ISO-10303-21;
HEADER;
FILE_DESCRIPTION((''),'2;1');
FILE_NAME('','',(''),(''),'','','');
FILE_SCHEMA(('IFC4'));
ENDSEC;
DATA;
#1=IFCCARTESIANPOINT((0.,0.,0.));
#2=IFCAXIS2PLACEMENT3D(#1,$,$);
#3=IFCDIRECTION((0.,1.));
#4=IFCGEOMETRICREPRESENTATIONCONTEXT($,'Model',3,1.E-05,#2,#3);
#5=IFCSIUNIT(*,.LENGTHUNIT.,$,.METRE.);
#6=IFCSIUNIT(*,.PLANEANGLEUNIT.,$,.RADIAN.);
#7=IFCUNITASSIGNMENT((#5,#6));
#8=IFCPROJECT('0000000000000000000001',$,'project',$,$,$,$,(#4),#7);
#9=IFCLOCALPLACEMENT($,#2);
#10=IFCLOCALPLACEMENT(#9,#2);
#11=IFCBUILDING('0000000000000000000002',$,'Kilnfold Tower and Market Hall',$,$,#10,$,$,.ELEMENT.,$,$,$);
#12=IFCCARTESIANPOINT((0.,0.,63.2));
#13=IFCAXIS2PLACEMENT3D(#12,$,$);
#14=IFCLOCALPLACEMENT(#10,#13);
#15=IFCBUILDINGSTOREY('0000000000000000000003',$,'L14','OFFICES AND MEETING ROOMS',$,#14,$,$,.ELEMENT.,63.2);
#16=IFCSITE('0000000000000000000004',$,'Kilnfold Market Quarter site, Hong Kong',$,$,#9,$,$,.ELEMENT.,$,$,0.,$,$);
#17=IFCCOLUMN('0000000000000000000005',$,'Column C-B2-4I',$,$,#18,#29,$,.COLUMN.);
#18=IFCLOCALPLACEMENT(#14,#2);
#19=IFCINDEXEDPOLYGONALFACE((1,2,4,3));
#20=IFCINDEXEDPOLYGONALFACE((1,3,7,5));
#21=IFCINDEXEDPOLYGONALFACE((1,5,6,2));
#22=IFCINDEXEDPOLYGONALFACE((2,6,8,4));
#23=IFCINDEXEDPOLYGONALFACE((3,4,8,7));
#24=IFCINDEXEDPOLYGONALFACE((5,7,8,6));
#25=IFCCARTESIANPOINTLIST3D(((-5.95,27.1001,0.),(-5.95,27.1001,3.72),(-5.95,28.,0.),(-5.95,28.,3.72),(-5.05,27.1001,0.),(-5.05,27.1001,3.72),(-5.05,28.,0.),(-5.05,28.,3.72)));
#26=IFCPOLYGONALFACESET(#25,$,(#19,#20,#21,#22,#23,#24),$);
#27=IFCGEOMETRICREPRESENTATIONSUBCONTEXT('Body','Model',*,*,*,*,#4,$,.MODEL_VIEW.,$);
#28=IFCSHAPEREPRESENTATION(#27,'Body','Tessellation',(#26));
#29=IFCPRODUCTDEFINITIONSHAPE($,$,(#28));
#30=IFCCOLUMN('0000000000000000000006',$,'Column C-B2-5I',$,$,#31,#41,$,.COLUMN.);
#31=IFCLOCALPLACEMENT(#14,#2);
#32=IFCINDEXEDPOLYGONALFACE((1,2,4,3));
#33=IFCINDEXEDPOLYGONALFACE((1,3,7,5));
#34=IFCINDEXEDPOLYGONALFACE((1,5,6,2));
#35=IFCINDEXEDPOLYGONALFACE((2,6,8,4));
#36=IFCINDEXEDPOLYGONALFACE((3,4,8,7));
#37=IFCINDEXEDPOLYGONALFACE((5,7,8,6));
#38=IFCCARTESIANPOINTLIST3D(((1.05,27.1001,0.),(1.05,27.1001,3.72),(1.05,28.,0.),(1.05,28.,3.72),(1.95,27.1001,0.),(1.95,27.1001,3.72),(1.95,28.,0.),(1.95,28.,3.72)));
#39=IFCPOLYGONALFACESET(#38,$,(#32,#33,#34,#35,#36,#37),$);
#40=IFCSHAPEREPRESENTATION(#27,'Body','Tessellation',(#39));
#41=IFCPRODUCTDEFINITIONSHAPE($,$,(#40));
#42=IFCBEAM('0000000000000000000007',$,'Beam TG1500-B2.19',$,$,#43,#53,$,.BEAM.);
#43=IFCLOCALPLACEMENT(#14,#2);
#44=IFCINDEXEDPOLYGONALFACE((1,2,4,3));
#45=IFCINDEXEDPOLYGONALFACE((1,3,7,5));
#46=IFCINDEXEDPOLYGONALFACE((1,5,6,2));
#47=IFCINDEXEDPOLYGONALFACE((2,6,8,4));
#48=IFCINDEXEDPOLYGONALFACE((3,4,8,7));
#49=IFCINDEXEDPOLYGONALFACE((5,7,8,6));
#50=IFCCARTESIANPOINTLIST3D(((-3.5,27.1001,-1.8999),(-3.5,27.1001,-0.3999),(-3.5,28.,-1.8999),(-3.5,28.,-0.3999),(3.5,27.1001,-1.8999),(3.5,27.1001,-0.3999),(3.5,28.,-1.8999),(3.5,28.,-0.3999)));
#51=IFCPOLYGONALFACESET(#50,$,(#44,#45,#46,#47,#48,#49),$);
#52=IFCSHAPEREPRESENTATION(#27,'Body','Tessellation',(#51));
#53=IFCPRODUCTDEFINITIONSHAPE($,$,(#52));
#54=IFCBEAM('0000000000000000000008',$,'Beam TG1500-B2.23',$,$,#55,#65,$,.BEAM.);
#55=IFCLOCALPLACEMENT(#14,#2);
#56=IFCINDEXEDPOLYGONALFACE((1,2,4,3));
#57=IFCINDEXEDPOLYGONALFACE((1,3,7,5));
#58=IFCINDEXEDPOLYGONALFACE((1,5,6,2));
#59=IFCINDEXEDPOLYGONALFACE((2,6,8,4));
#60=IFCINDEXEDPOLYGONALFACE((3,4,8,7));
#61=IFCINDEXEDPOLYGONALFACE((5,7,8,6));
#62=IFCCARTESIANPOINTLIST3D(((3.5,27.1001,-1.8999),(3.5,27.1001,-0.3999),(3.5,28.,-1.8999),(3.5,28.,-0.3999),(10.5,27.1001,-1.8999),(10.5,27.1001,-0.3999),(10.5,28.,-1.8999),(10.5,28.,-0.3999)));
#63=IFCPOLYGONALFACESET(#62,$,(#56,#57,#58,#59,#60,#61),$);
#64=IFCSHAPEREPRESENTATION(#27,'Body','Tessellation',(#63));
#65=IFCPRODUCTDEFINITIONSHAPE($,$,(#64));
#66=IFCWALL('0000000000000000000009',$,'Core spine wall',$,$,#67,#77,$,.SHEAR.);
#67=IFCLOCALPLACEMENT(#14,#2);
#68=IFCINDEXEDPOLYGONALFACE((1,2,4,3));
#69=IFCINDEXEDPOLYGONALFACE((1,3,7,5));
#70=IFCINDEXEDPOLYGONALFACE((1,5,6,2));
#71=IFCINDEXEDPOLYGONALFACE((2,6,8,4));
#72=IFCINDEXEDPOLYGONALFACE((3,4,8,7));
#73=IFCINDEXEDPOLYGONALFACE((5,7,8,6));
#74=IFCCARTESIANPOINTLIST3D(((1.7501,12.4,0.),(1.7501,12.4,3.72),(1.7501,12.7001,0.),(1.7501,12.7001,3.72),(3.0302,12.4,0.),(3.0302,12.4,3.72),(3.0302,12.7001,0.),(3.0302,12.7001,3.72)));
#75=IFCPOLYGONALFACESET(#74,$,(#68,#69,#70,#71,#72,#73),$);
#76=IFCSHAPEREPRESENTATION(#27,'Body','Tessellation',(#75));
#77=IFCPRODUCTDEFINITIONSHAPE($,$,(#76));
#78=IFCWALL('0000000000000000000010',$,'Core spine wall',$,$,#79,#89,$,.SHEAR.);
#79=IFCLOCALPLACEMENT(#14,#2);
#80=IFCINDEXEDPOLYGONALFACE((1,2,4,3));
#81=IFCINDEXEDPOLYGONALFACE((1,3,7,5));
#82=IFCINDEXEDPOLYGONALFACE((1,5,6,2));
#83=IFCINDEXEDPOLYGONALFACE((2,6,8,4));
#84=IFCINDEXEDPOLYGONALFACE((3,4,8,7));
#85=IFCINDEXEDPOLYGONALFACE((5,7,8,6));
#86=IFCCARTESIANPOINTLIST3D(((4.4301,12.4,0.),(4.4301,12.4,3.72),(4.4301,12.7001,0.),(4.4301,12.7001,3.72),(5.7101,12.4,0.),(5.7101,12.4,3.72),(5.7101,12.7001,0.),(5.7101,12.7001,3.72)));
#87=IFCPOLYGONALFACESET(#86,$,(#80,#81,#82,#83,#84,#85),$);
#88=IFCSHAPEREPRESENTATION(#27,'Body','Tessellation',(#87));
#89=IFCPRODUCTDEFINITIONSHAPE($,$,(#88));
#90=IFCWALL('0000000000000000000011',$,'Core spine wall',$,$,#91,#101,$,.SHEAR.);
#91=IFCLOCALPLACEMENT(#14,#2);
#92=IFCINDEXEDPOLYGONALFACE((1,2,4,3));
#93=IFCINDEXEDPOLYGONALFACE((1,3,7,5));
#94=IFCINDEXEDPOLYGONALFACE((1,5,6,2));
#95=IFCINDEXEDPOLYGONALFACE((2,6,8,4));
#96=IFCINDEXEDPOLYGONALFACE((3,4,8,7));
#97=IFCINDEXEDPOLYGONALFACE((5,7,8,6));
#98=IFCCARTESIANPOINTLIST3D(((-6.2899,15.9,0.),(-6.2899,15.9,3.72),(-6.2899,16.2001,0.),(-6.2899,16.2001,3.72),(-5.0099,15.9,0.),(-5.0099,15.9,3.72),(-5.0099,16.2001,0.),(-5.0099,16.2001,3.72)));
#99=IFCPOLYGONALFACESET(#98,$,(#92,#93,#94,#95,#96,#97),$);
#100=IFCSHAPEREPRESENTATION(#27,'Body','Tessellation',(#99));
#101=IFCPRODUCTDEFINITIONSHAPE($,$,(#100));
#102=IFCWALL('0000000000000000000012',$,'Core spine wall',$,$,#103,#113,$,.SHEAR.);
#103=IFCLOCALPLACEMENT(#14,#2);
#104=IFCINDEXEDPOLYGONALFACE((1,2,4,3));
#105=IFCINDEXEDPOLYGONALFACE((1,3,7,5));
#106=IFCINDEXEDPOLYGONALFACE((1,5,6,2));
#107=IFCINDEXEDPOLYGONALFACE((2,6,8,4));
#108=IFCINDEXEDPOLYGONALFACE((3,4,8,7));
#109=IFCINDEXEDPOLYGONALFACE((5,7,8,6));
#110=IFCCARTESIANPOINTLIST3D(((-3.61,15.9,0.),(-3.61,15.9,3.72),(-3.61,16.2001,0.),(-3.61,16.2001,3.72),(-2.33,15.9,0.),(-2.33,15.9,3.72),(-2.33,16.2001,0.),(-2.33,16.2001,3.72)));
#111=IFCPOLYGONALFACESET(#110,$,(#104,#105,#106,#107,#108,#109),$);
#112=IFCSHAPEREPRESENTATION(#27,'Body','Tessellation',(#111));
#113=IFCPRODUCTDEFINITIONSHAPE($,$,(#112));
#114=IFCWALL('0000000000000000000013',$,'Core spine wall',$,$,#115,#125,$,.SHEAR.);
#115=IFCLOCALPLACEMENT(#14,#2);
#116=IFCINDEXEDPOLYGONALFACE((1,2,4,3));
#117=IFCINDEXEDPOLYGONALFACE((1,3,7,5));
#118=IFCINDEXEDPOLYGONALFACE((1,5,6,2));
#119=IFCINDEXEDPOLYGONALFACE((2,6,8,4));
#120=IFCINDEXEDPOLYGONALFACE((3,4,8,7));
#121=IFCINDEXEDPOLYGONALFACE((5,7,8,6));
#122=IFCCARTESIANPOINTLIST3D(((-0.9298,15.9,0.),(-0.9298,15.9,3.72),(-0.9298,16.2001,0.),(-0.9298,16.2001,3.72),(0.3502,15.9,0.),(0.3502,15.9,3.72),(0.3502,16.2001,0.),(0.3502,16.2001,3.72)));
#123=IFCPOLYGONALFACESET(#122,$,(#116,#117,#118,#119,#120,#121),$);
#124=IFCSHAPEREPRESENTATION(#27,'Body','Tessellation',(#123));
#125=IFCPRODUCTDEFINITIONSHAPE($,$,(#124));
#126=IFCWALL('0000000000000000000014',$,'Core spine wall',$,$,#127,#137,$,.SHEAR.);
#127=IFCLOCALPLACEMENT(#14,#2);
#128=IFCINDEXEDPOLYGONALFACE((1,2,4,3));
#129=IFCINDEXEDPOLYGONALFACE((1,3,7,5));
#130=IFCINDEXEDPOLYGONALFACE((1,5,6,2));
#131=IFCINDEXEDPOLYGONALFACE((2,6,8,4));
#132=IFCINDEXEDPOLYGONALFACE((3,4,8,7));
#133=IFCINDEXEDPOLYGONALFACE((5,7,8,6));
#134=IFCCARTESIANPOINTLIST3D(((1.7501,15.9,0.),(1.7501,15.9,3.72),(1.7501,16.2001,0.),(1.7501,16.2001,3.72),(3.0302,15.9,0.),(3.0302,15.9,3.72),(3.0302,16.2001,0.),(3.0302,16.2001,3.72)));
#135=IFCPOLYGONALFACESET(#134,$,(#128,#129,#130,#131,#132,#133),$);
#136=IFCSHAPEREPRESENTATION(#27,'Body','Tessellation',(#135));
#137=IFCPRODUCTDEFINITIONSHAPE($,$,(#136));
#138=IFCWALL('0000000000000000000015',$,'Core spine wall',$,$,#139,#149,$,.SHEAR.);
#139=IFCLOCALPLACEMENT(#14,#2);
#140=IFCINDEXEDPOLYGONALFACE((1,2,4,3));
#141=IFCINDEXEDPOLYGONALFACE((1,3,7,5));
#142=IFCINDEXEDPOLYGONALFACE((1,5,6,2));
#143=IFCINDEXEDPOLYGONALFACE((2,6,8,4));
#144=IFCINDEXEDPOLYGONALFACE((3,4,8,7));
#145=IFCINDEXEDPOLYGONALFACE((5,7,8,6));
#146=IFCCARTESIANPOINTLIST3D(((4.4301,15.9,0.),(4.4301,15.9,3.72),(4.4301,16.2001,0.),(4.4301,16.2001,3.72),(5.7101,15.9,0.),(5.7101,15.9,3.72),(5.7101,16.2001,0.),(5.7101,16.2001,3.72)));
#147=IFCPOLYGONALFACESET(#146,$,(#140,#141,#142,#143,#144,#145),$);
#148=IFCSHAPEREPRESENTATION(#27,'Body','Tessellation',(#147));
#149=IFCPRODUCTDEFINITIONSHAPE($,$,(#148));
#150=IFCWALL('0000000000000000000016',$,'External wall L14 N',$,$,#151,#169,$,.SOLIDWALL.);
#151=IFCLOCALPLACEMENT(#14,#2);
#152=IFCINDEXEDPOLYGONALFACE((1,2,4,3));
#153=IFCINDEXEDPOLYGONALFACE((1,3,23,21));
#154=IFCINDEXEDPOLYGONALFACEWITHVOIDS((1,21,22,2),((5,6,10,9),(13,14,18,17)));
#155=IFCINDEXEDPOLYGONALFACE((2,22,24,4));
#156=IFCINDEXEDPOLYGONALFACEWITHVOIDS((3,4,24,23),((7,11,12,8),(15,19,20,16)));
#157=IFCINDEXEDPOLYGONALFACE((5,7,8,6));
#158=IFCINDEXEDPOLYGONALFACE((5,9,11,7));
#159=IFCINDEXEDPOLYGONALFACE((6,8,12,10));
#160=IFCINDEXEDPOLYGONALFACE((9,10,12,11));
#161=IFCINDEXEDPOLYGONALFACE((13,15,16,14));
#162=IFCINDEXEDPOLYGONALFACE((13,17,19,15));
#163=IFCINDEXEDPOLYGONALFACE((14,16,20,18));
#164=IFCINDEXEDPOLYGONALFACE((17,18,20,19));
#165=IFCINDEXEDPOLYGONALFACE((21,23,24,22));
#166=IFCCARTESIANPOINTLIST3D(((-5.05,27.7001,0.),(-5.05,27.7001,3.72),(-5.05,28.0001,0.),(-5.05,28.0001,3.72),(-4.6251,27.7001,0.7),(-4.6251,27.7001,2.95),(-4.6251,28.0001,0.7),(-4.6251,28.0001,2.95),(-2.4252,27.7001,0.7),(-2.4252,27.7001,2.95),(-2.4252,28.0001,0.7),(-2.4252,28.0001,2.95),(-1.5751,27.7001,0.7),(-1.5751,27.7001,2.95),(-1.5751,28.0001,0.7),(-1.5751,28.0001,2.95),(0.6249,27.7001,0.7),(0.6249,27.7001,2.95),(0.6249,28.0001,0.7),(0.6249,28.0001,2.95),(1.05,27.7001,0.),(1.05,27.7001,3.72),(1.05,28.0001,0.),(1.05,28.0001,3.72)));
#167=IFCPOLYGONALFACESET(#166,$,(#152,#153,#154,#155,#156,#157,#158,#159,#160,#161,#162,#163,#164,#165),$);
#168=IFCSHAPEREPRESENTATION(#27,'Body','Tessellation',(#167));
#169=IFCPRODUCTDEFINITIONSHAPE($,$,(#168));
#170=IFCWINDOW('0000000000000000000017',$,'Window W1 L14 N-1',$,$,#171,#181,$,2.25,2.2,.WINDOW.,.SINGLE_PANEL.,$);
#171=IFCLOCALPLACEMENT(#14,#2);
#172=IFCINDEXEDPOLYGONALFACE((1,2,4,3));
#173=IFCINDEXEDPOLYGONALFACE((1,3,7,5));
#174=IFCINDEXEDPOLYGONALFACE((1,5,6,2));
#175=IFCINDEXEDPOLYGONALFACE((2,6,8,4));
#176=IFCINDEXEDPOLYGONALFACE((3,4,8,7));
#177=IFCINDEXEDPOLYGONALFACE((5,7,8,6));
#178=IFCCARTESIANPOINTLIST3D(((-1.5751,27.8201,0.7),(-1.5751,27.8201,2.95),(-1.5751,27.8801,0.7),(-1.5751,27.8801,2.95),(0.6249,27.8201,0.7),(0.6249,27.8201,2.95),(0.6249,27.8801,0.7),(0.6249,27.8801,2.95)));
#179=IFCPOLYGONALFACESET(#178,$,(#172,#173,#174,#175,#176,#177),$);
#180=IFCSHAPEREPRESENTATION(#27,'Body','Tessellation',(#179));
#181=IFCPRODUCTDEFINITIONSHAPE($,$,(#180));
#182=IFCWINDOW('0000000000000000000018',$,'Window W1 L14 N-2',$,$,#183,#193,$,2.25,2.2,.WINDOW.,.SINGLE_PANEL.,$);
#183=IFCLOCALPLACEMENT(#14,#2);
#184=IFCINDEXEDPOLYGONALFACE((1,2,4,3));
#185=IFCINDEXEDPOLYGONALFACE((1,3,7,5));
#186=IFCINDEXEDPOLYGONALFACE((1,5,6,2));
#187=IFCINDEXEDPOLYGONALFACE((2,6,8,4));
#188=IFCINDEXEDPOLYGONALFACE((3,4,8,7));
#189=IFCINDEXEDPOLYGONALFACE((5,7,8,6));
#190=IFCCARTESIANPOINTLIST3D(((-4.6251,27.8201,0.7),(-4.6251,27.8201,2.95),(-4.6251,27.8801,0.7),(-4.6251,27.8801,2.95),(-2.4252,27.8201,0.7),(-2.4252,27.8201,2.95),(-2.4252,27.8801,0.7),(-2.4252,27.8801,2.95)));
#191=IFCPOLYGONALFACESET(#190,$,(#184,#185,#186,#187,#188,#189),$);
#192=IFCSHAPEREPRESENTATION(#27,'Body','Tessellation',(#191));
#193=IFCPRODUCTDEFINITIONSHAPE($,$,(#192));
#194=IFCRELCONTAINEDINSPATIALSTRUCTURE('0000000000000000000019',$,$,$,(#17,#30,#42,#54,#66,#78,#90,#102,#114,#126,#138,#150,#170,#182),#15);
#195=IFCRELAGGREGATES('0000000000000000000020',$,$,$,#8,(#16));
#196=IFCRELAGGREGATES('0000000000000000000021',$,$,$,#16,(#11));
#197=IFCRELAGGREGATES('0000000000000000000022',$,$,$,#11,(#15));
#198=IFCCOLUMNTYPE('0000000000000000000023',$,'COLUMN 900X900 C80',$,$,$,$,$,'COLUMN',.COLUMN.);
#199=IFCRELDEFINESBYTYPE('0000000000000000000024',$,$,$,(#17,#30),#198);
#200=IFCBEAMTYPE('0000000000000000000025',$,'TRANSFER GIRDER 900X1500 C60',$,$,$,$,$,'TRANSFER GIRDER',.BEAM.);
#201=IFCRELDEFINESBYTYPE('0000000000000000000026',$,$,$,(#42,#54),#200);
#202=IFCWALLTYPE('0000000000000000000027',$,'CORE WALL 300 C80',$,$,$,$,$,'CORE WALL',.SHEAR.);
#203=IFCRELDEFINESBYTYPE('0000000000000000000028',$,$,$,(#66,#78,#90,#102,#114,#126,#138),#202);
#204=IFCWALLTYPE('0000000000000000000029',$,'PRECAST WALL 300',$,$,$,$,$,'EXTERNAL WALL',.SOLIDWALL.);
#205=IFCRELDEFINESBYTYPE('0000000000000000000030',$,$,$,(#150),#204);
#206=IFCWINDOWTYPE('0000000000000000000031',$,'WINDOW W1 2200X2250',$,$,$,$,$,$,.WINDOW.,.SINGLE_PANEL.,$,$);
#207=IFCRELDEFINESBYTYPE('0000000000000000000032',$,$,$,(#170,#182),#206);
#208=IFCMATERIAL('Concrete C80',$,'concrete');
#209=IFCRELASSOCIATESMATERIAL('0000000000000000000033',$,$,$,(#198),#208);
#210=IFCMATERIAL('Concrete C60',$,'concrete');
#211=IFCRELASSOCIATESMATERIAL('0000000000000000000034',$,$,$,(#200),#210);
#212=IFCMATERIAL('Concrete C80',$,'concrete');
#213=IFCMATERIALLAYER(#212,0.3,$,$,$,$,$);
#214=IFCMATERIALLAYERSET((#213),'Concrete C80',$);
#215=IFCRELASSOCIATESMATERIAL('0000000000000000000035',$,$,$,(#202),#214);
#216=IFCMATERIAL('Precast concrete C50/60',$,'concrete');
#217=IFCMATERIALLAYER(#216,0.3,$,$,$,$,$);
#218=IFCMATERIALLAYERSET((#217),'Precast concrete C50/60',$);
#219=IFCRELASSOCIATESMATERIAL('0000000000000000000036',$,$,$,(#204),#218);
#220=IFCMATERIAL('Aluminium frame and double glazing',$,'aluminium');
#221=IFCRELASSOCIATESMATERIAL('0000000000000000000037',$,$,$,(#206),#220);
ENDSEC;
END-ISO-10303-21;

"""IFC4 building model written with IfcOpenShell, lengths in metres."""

from ifc_helpers import new_model, si_unit, direction, frame, frame_2d, origin, origin_2d, place, context, subcontext, project, spatial, rectangle, extrude, source, transform, mapped, material, layer, layer_set, material_profile, profile_set, type_object, element, fill, save


model = new_model("IFC4")

# Units and contexts
model_context = context("Model", 3, precision=1e-05, world=origin(), true_north=direction((0.0, 1.0)))
body_context = subcontext(model_context, "Body", "Model", "MODEL_VIEW")
ifc_project = project(units=[si_unit("LENGTHUNIT", "METRE"), si_unit("PLANEANGLEUNIT", "RADIAN")], contexts=[model_context])

# Site, building, storey
site_placement = place(None, origin())
site = spatial("IfcSite", under=ifc_project, at=site_placement, Name="Kilnfold Market Quarter site, Hong Kong", CompositionType="ELEMENT", RefElevation=0.0)
building_placement = place(site_placement, origin())
building = spatial("IfcBuilding", under=site, at=building_placement, Name="Kilnfold Tower and Market Hall", CompositionType="ELEMENT")
storey_placement = place(building_placement, frame((0.0, 0.0, 63.2)))
storey = spatial("IfcBuildingStorey", under=building, at=storey_placement, Name="L14", Description="OFFICES AND MEETING ROOMS", CompositionType="ELEMENT", Elevation=63.2)

# Columns
ifc_material_1 = material(Name="Concrete C80", Category="concrete")
ifc_material_profile_1 = material_profile(ifc_material_1, rectangle(XDim=0.8999, YDim=0.8999, at=origin_2d()), Name="RC 900x900")
ifc_profile_set_1 = profile_set([ifc_material_profile_1], Name="Concrete C80")
column_type = type_object("IfcColumnType", Name="COLUMN 900X900 C80", ElementType="COLUMN", PredefinedType="COLUMN", material=ifc_profile_set_1)
shared_shape_1 = source(origin(), body_context, "Body", "SweptSolid", [
    extrude(rectangle(XDim=0.8999, YDim=0.8999, at=origin_2d()), origin(), (0.0, 0.0, 1.0), 3.72),
])
for number, where, z_axis, x_axis, name in (
    (1, (-5.5, 27.55, 0.0), (0.0, 0.0, 1.0), (1.0, 0.0, 0.0), "Column C-B2-4I"),
    (2, (1.5, 27.55, 0.0), (0.0, 0.0, 1.0), (1.0, 0.0, 0.0), "Column C-B2-5I"),
):
    element("IfcColumn", number, at=place(storey_placement, frame(where, z_axis=z_axis, x_axis=x_axis)), inside=storey, type_object=column_type, Name=name, PredefinedType="COLUMN", context=body_context, shape_type="MappedRepresentation", body=[
        mapped(shared_shape_1, transform((0.0, 0.0, 0.0))),
    ])

# Beams
ifc_material_2 = material(Name="Concrete C60", Category="concrete")
ifc_material_profile_2 = material_profile(ifc_material_2, rectangle(XDim=0.8999, YDim=1.5, at=origin_2d()), Name="RC 900x1500")
ifc_profile_set_2 = profile_set([ifc_material_profile_2], Name="Concrete C60")
beam_type = type_object("IfcBeamType", Name="TRANSFER GIRDER 900X1500 C60", ElementType="TRANSFER GIRDER", PredefinedType="BEAM", material=ifc_profile_set_2)
shared_shape_2 = source(origin(), body_context, "Body", "SweptSolid", [
    extrude(rectangle(XDim=0.8999, YDim=1.5, at=origin_2d()), origin(), (0.0, 0.0, 1.0), 7.0),
])
for number, where, z_axis, x_axis, name in (
    (3, (-3.5, 27.55, -1.1499), (1.0, 0.0, 0.0), (0.0, 1.0, 0.0), "Beam TG1500-B2.19"),
    (4, (3.5, 27.55, -1.1499), (1.0, 0.0, 0.0), (0.0, 1.0, 0.0), "Beam TG1500-B2.23"),
):
    element("IfcBeam", number, at=place(storey_placement, frame(where, z_axis=z_axis, x_axis=x_axis)), inside=storey, type_object=beam_type, Name=name, PredefinedType="BEAM", context=body_context, shape_type="MappedRepresentation", body=[
        mapped(shared_shape_2, transform((0.0, 0.0, 0.0))),
    ])

# Walls
ifc_material_3 = material(Name="Concrete C80", Category="concrete")
ifc_layer_1 = layer(ifc_material_3, 0.3)
ifc_layer_set_1 = layer_set([ifc_layer_1], Name="Concrete C80")
wall_type_1 = type_object("IfcWallType", Name="CORE WALL 300 C80", ElementType="CORE WALL", PredefinedType="SHEAR", material=ifc_layer_set_1)
shared_shape_3 = source(origin(), body_context, "Body", "SweptSolid", [
    extrude(rectangle(XDim=1.28, YDim=0.3, at=frame_2d((0.6401, 0.0))), origin(), (0.0, 0.0, 1.0), 3.72),
])
for number, where, z_axis, x_axis, name in (
    (5, (1.75, 12.55, 0.0), (0.0, 0.0, 1.0), (1.0, 0.0, 0.0), "Core spine wall"),
    (6, (4.4299, 12.55, 0.0), (0.0, 0.0, 1.0), (1.0, 0.0, 0.0), "Core spine wall"),
    (7, (-6.29, 16.05, 0.0), (0.0, 0.0, 1.0), (1.0, 0.0, 0.0), "Core spine wall"),
    (8, (-3.6101, 16.05, 0.0), (0.0, 0.0, 1.0), (1.0, 0.0, 0.0), "Core spine wall"),
    (9, (-0.9299, 16.05, 0.0), (0.0, 0.0, 1.0), (1.0, 0.0, 0.0), "Core spine wall"),
    (10, (1.75, 16.05, 0.0), (0.0, 0.0, 1.0), (1.0, 0.0, 0.0), "Core spine wall"),
    (11, (4.4299, 16.05, 0.0), (0.0, 0.0, 1.0), (1.0, 0.0, 0.0), "Core spine wall"),
):
    element("IfcWall", number, at=place(storey_placement, frame(where, z_axis=z_axis, x_axis=x_axis)), inside=storey, type_object=wall_type_1, Name=name, PredefinedType="SHEAR", context=body_context, shape_type="MappedRepresentation", body=[
        mapped(shared_shape_3, transform((0.0, 0.0, 0.0))),
    ])

# Wall, openings, windows
ifc_material_4 = material(Name="Precast concrete C50/60", Category="concrete")
ifc_layer_2 = layer(ifc_material_4, 0.3)
ifc_layer_set_2 = layer_set([ifc_layer_2], Name="Precast concrete C50/60")
wall_type_2 = type_object("IfcWallType", Name="PRECAST WALL 300", ElementType="EXTERNAL WALL", PredefinedType="SOLIDWALL", material=ifc_layer_set_2)
shared_shape_4 = source(origin(), body_context, "Body", "SweptSolid", [
    extrude(rectangle(XDim=6.1001, YDim=0.3, at=frame_2d((3.05, 0.0))), origin(), (0.0, 0.0, 1.0), 3.72),
])
wall_1_placement = place(storey_placement, frame((1.05, 27.8501, 0.0), z_axis=(0.0, 0.0, 1.0), x_axis=(-1.0, 0.0, 0.0)))
wall_1 = element("IfcWall", 12, at=wall_1_placement, inside=storey, type_object=wall_type_2, Name="External wall L14 N", PredefinedType="SOLIDWALL", context=body_context, shape_type="MappedRepresentation", body=[
    mapped(shared_shape_4, transform((0.0, 0.0, 0.0))),
])
opening_1_placement = place(wall_1_placement, frame((0.425, 0.0, 0.7)))
opening_1 = element("IfcOpeningElement", 13, at=opening_1_placement, cuts=wall_1, PredefinedType="OPENING", context=body_context, shape_type="SweptSolid", body=[
    extrude(rectangle(XDim=2.2, YDim=2.25, at=frame_2d((1.1001, 1.125))), frame((0.0, 0.1602, 0.0), z_axis=(0.0, -1.0, 0.0), x_axis=(1.0, 0.0, 0.0)), (0.0, 0.0, 1.0), 0.3201),
])
opening_2_placement = place(wall_1_placement, frame((3.4751, 0.0, 0.7)))
opening_2 = element("IfcOpeningElement", 14, at=opening_2_placement, cuts=wall_1, PredefinedType="OPENING", context=body_context, shape_type="SweptSolid", body=[
    extrude(rectangle(XDim=2.2, YDim=2.25, at=frame_2d((1.1001, 1.125))), frame((0.0, 0.1602, 0.0), z_axis=(0.0, -1.0, 0.0), x_axis=(1.0, 0.0, 0.0)), (0.0, 0.0, 1.0), 0.3201),
])
ifc_material_5 = material(Name="Aluminium frame and double glazing", Category="aluminium")
window_type = type_object("IfcWindowType", Name="WINDOW W1 2200X2250", PartitioningType="SINGLE_PANEL", PredefinedType="WINDOW", material=ifc_material_5)
window_1_placement = place(opening_1_placement, origin())
window_1 = element("IfcWindow", 15, at=window_1_placement, inside=storey, type_object=window_type, Name="Window W1 L14 N-1", OverallHeight=2.25, OverallWidth=2.2, PartitioningType="SINGLE_PANEL", PredefinedType="WINDOW", context=body_context, shape_type="SweptSolid", body=[
    extrude(rectangle(XDim=2.2, YDim=2.25, at=frame_2d((1.1001, 1.125))), frame((0.0, 0.03, 0.0), z_axis=(0.0, -1.0, 0.0), x_axis=(1.0, 0.0, 0.0)), (0.0, 0.0, 1.0), 0.0601),
])
fill(opening_1, window_1)
window_2_placement = place(opening_2_placement, origin())
window_2 = element("IfcWindow", 16, at=window_2_placement, inside=storey, type_object=window_type, Name="Window W1 L14 N-2", OverallHeight=2.25, OverallWidth=2.2, PartitioningType="SINGLE_PANEL", PredefinedType="WINDOW", context=body_context, shape_type="SweptSolid", body=[
    extrude(rectangle(XDim=2.2, YDim=2.25, at=frame_2d((1.1001, 1.125))), frame((0.0, 0.03, 0.0), z_axis=(0.0, -1.0, 0.0), x_axis=(1.0, 0.0, 0.0)), (0.0, 0.0, 1.0), 0.0601),
])
fill(opening_2, window_2)

save(model, "model.ifc")
